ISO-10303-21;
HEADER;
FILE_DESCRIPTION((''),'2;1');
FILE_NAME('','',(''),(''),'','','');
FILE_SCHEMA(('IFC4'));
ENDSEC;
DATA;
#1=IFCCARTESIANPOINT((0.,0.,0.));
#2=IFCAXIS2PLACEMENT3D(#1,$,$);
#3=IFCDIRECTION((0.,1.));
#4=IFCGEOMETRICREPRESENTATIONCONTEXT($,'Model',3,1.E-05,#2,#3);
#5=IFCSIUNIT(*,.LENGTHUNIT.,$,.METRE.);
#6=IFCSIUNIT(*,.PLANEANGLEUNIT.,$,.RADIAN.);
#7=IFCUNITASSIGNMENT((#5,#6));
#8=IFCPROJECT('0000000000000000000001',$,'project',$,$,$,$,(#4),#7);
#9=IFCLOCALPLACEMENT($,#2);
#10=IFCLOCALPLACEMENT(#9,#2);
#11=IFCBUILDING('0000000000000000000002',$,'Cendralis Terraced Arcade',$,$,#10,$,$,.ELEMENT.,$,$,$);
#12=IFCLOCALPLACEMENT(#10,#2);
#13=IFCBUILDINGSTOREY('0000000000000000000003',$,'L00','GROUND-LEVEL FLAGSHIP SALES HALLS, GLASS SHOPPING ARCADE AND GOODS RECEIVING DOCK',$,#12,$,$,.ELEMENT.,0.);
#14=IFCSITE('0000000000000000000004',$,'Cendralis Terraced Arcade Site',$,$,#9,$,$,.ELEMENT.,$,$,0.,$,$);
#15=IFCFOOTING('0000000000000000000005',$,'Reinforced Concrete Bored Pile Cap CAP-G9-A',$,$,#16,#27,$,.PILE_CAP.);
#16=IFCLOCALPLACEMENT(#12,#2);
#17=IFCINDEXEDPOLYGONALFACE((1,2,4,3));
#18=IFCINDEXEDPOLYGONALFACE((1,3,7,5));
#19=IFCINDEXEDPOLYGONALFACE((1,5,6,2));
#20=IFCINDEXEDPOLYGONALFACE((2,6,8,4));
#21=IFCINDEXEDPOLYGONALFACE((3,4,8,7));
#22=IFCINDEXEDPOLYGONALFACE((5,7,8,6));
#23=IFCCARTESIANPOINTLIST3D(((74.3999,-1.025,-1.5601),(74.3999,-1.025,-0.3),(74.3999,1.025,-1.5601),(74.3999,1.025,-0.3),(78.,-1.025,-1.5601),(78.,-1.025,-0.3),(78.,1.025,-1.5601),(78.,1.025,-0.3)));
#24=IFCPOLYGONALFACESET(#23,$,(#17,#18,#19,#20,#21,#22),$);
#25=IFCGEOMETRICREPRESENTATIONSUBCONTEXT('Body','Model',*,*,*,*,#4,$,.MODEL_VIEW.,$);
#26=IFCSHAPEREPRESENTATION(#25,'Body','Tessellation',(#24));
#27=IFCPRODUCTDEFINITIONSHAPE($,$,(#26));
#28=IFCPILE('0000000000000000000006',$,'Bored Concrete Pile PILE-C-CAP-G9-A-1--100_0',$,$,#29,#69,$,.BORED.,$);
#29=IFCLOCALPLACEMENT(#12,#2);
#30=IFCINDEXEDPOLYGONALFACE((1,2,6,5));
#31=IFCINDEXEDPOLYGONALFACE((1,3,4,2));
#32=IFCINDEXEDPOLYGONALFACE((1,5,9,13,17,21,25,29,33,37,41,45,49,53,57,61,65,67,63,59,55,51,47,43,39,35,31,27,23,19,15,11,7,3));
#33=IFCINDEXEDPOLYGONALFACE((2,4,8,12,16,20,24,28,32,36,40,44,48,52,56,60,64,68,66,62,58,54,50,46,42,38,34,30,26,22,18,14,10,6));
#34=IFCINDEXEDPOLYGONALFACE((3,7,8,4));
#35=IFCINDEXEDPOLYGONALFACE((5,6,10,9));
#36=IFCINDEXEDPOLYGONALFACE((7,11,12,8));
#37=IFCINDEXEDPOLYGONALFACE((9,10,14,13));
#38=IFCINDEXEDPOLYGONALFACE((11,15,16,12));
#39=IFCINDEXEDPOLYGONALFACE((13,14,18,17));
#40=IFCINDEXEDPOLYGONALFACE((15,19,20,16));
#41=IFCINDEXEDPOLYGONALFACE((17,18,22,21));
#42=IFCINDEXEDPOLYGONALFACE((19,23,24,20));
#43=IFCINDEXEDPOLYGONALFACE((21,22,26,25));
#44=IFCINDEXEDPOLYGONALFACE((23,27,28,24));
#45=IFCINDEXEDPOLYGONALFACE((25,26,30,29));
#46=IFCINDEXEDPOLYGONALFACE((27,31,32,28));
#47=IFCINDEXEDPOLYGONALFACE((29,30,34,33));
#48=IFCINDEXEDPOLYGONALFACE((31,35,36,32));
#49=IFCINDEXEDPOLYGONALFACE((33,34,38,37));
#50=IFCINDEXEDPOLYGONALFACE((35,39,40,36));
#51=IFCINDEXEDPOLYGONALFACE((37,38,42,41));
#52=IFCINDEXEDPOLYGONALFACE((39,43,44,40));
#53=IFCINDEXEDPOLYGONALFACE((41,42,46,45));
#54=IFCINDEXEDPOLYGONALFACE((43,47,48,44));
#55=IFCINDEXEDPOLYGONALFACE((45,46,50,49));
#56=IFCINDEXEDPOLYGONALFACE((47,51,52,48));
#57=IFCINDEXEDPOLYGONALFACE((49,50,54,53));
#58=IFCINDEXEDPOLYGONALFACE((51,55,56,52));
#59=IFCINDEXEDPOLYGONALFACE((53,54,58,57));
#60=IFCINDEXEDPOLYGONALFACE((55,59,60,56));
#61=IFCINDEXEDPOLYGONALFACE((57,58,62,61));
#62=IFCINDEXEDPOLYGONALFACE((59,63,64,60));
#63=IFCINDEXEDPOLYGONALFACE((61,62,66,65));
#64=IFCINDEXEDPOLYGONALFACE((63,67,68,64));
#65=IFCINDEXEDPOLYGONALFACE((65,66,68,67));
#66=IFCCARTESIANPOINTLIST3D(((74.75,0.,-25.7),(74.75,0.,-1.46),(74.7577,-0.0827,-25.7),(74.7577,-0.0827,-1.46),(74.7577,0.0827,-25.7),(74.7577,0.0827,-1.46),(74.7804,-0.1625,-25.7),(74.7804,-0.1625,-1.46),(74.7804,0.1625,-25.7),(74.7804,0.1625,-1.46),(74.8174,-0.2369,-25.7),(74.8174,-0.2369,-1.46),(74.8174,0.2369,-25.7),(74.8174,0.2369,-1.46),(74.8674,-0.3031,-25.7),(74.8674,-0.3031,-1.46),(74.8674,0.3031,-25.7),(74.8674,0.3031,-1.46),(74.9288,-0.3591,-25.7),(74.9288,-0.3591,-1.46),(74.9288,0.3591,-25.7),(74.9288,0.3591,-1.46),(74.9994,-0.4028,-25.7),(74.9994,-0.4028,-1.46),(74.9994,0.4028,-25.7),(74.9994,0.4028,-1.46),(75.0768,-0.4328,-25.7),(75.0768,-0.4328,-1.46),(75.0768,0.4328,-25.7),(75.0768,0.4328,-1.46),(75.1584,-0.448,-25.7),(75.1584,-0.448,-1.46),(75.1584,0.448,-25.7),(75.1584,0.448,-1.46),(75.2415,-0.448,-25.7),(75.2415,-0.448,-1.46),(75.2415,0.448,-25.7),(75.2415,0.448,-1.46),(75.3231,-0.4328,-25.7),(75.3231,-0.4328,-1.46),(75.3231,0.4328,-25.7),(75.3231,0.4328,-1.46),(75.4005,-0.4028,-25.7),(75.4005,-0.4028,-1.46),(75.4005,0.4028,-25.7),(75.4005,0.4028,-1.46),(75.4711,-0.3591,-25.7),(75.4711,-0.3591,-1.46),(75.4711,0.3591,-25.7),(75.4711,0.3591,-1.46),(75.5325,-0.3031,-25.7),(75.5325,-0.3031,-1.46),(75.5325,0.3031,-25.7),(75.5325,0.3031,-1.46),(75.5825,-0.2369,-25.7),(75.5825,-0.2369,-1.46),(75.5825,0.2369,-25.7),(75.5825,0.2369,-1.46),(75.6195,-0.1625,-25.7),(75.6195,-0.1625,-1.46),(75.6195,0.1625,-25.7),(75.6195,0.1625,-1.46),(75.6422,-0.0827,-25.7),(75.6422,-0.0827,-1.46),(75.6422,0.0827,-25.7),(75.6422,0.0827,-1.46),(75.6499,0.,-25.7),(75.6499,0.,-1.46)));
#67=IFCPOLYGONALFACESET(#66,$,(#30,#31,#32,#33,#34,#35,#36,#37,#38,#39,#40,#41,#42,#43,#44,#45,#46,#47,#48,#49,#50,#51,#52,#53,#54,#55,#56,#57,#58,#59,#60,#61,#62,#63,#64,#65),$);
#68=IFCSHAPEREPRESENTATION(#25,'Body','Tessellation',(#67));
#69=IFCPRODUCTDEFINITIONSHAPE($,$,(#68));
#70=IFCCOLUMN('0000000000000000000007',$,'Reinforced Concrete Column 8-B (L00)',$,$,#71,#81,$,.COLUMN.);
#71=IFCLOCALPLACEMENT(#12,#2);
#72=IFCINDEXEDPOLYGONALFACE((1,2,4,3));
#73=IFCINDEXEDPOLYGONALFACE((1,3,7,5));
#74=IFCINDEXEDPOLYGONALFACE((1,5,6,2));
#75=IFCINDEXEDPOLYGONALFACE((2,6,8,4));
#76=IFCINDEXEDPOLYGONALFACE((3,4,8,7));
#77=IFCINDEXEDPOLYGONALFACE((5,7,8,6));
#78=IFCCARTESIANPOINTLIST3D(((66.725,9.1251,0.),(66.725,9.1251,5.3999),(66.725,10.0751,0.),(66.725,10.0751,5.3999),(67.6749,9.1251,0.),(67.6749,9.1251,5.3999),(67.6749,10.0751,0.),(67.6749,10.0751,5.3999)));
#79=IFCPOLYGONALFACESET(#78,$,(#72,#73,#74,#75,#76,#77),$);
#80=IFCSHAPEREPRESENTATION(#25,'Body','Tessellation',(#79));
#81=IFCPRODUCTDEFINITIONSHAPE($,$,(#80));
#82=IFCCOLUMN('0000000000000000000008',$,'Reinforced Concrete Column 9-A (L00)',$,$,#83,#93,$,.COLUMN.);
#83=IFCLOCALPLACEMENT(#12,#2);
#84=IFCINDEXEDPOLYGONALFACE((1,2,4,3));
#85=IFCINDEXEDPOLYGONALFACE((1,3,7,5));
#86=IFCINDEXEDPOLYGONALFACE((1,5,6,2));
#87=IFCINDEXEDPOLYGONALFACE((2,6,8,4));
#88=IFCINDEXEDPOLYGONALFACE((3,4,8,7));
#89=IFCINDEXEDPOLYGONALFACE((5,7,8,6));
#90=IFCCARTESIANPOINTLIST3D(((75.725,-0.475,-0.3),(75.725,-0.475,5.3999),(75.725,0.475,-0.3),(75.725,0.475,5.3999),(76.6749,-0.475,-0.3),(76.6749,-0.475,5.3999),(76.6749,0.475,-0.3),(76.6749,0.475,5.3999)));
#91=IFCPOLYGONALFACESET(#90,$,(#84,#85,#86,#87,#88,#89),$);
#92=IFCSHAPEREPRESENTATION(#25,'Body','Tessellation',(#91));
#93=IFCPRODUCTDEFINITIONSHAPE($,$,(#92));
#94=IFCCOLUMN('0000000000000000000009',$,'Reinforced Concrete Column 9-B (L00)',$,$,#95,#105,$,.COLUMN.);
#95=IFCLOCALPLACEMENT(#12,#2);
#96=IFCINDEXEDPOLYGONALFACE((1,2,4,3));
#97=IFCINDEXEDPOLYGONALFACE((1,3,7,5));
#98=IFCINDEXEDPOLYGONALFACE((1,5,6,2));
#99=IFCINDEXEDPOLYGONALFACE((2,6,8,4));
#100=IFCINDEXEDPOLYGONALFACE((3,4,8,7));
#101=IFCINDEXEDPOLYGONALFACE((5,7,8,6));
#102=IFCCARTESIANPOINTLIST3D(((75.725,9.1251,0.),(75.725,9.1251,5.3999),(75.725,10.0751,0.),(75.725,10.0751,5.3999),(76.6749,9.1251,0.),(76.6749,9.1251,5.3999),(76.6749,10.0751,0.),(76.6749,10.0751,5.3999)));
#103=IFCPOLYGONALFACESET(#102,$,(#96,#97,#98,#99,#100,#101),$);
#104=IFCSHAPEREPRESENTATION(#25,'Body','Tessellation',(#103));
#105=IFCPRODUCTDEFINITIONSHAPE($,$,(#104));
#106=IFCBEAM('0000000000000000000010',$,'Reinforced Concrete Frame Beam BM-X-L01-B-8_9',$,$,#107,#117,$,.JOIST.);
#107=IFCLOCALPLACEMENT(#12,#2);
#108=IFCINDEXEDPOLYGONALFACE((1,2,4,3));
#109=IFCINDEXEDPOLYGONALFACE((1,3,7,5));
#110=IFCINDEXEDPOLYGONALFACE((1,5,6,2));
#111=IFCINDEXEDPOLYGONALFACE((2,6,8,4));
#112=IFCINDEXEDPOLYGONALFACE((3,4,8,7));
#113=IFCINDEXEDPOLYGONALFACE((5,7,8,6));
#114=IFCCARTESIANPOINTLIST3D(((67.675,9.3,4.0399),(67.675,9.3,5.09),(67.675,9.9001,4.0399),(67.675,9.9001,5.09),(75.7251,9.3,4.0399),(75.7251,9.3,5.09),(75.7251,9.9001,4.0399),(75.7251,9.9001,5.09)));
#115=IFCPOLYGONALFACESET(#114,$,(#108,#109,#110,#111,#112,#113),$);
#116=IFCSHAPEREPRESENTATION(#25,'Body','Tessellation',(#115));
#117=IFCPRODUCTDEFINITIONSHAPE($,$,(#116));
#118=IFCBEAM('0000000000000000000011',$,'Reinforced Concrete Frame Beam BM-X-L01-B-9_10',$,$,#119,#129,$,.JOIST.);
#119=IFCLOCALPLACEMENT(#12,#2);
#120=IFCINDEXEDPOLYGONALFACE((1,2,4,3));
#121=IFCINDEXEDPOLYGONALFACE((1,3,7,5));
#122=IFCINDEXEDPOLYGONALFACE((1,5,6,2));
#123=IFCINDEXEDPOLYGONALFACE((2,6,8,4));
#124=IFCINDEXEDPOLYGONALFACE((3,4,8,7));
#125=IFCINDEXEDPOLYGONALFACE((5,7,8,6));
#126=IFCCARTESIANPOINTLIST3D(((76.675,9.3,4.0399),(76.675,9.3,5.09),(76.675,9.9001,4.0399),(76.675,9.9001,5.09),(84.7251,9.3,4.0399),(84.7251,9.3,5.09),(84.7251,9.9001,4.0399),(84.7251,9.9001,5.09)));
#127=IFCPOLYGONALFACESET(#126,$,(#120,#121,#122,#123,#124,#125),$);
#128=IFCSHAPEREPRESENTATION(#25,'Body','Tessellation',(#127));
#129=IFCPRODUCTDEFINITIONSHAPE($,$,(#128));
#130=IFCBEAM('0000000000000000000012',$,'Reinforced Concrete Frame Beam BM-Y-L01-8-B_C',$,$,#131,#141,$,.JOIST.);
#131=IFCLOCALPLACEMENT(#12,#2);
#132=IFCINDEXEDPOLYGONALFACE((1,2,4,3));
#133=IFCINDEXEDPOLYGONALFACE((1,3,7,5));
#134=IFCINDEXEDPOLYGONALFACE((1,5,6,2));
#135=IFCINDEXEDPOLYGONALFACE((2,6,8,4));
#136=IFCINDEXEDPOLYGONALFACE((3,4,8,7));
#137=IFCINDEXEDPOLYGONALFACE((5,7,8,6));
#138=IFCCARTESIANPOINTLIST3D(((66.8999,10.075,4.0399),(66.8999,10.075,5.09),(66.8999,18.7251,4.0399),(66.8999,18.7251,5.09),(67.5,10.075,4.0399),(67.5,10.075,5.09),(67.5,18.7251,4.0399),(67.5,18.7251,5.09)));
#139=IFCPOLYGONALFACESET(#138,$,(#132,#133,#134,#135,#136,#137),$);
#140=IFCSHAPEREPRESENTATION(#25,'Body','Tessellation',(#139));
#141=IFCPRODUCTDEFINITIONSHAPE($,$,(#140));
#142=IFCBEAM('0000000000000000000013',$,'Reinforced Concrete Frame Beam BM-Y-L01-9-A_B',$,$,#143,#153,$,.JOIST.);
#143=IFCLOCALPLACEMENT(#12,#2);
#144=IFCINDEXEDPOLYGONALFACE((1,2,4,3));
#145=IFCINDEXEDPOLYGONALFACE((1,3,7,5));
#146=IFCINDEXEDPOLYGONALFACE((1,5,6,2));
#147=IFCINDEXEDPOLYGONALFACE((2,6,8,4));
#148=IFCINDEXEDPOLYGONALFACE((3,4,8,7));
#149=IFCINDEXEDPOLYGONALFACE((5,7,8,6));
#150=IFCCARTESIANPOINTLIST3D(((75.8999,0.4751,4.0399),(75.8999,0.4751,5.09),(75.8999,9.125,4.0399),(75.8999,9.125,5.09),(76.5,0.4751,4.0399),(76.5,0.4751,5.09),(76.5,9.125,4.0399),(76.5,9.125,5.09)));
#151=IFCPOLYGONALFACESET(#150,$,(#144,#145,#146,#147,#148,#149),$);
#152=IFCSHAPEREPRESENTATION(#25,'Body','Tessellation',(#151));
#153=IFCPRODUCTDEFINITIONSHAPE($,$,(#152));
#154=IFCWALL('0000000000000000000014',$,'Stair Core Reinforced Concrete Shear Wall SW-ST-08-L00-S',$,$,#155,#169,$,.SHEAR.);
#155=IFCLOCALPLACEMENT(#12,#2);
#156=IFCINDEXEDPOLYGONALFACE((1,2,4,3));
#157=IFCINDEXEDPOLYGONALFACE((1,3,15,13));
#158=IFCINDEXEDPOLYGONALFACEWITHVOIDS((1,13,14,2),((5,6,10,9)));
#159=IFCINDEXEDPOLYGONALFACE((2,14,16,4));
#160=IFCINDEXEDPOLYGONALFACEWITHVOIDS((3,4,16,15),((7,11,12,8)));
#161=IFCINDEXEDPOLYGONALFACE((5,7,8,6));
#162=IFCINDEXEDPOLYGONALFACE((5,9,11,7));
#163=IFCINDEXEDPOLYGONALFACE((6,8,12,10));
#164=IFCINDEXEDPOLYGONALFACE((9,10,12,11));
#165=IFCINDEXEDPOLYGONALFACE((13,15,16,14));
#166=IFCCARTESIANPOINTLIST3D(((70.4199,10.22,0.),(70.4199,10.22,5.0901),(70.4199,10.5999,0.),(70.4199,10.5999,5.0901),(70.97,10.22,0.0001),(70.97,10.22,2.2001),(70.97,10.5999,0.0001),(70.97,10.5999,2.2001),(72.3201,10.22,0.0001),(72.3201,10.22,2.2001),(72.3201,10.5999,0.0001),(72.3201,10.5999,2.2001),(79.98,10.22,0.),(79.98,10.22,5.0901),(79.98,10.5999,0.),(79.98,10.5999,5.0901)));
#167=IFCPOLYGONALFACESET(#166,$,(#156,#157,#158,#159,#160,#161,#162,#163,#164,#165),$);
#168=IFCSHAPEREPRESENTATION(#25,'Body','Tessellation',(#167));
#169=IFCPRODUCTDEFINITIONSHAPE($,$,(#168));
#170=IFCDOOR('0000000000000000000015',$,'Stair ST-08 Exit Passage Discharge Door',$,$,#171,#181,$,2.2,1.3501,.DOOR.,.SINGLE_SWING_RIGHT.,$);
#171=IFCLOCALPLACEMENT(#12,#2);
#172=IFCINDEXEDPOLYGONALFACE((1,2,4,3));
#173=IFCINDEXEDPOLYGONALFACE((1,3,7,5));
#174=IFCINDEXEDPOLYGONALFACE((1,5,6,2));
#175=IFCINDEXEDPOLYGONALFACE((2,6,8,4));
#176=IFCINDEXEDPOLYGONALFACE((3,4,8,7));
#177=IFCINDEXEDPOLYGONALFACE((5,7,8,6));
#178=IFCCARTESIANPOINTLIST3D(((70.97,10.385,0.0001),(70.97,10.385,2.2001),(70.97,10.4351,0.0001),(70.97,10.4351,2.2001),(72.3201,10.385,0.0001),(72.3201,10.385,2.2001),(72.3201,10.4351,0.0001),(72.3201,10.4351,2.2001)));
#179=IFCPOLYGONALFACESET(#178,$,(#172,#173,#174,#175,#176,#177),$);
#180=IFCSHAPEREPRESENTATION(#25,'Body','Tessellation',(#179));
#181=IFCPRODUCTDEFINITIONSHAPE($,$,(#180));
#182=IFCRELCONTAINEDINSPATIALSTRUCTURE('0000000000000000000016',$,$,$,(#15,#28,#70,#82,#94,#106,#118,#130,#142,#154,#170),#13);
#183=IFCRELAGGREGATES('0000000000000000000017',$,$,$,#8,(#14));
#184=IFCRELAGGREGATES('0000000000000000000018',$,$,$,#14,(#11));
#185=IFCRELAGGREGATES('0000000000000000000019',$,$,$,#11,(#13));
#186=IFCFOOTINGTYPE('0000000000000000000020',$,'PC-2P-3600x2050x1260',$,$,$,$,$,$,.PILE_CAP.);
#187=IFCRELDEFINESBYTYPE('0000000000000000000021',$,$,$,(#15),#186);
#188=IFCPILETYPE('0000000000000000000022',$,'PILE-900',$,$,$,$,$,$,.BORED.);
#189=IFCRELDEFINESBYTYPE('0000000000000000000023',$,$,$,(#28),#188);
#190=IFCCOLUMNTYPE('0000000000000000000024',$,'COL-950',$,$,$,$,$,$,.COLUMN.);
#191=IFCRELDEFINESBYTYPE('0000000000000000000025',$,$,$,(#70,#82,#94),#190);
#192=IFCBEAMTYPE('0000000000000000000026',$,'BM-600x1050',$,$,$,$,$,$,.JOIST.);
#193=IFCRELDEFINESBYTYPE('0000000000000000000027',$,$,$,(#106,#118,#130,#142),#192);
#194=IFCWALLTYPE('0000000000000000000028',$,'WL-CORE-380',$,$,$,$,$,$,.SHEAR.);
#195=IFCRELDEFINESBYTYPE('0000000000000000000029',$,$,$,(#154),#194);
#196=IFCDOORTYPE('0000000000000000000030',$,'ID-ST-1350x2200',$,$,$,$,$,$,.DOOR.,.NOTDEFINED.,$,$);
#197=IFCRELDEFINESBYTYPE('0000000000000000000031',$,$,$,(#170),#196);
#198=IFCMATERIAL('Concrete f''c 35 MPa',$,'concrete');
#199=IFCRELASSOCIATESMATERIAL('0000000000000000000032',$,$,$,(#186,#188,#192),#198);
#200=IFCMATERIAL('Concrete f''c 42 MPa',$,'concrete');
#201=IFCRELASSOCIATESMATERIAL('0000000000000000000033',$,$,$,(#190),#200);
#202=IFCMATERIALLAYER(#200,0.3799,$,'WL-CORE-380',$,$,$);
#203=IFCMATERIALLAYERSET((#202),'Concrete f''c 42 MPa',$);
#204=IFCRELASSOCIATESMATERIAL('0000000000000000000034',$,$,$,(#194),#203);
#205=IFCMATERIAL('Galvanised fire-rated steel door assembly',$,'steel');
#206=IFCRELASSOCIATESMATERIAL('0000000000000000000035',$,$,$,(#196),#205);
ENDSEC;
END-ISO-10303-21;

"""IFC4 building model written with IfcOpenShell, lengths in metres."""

from ifc_helpers import new_model, si_unit, direction, frame, frame_2d, origin, origin_2d, place, context, subcontext, project, spatial, rectangle, circle, extrude, material, layer, layer_set, material_profile, profile_set, type_object, element, fill, save


model = new_model("IFC4")

# Units and contexts
model_context = context("Model", 3, precision=1e-05, world=origin(), true_north=direction((0.0, 1.0)))
body_context = subcontext(model_context, "Body", "Model", "MODEL_VIEW")
ifc_project = project(units=[si_unit("LENGTHUNIT", "METRE"), si_unit("PLANEANGLEUNIT", "RADIAN")], contexts=[model_context])

# Site, building, storey
site_placement = place(None, origin())
site = spatial("IfcSite", under=ifc_project, at=site_placement, Name="Cendralis Terraced Arcade Site", CompositionType="ELEMENT", RefElevation=0.0)
building_placement = place(site_placement, origin())
building = spatial("IfcBuilding", under=site, at=building_placement, Name="Cendralis Terraced Arcade", CompositionType="ELEMENT")
storey_placement = place(building_placement, origin())
storey = spatial("IfcBuildingStorey", under=building, at=storey_placement, Name="L00", Description="GROUND-LEVEL FLAGSHIP SALES HALLS, GLASS SHOPPING ARCADE AND GOODS RECEIVING DOCK", CompositionType="ELEMENT", Elevation=0.0)

# Footing
ifc_material_1 = material(Name="Concrete f'c 35 MPa", Category="concrete")
footing_type = type_object("IfcFootingType", Name="PC-2P-3600x2050x1260", PredefinedType="PILE_CAP", material=ifc_material_1)
footing_placement = place(storey_placement, frame((76.2, 0.0, -1.5601), z_axis=(0.0, 0.0, 1.0), x_axis=(1.0, 0.0, 0.0)))
element("IfcFooting", 1, at=footing_placement, inside=storey, type_object=footing_type, Name="Reinforced Concrete Bored Pile Cap CAP-G9-A", PredefinedType="PILE_CAP", context=body_context, shape_type="SweptSolid", body=[
    extrude(rectangle(XDim=3.6001, YDim=2.05, at=origin_2d()), origin(), (0.0, 0.0, 1.0), 1.26),
])

# Pile
ifc_material_profile_1 = material_profile(ifc_material_1, circle(Radius=0.45, at=origin_2d()), Name="PILE-D900", Category="LoadBearing")
ifc_profile_set_1 = profile_set([ifc_material_profile_1], Name="Concrete f'c 35 MPa")
pile_type = type_object("IfcPileType", Name="PILE-900", PredefinedType="BORED", material=ifc_profile_set_1)
pile_placement = place(storey_placement, frame((75.2, 0.0, -1.46), z_axis=(0.0, 0.0, -1.0), x_axis=(1.0, 0.0, 0.0)))
element("IfcPile", 2, at=pile_placement, inside=storey, type_object=pile_type, Name="Bored Concrete Pile PILE-C-CAP-G9-A-1--100_0", PredefinedType="BORED", context=body_context, shape_type="SweptSolid", body=[
    extrude(circle(Radius=0.45, at=origin_2d()), origin(), (0.0, 0.0, 1.0), 24.24),
])

# Columns
ifc_material_2 = material(Name="Concrete f'c 42 MPa", Category="concrete")
ifc_material_profile_2 = material_profile(ifc_material_2, rectangle(XDim=0.95, YDim=0.95, at=origin_2d()), Name="RC-COL-950x950", Category="LoadBearing")
ifc_profile_set_2 = profile_set([ifc_material_profile_2], Name="Concrete f'c 42 MPa")
column_type = type_object("IfcColumnType", Name="COL-950", PredefinedType="COLUMN", material=ifc_profile_set_2)
column_1_placement = place(storey_placement, frame((67.2, 9.6001, 0.0), z_axis=(0.0, 0.0, 1.0), x_axis=(1.0, 0.0, 0.0)))
element("IfcColumn", 3, at=column_1_placement, inside=storey, type_object=column_type, Name="Reinforced Concrete Column 8-B (L00)", PredefinedType="COLUMN", context=body_context, shape_type="SweptSolid", body=[
    extrude(rectangle(XDim=0.95, YDim=0.95, at=origin_2d()), origin(), (0.0, 0.0, 1.0), 5.3999),
])
column_2_placement = place(storey_placement, frame((76.2, 0.0, -0.3), z_axis=(0.0, 0.0, 1.0), x_axis=(1.0, 0.0, 0.0)))
element("IfcColumn", 4, at=column_2_placement, inside=storey, type_object=column_type, Name="Reinforced Concrete Column 9-A (L00)", PredefinedType="COLUMN", context=body_context, shape_type="SweptSolid", body=[
    extrude(rectangle(XDim=0.95, YDim=0.95, at=origin_2d()), origin(), (0.0, 0.0, 1.0), 5.7),
])
column_3_placement = place(storey_placement, frame((76.2, 9.6001, 0.0), z_axis=(0.0, 0.0, 1.0), x_axis=(1.0, 0.0, 0.0)))
element("IfcColumn", 5, at=column_3_placement, inside=storey, type_object=column_type, Name="Reinforced Concrete Column 9-B (L00)", PredefinedType="COLUMN", context=body_context, shape_type="SweptSolid", body=[
    extrude(rectangle(XDim=0.95, YDim=0.95, at=origin_2d()), origin(), (0.0, 0.0, 1.0), 5.3999),
])

# Beams
ifc_material_profile_3 = material_profile(ifc_material_1, rectangle(XDim=0.6001, YDim=1.05, at=origin_2d()), Name="RC-BM-600x1050", Category="LoadBearing")
ifc_profile_set_3 = profile_set([ifc_material_profile_3], Name="Concrete f'c 35 MPa")
beam_type = type_object("IfcBeamType", Name="BM-600x1050", PredefinedType="JOIST", material=ifc_profile_set_3)
for number, where, z_axis, x_axis, name in (
    (6, (67.675, 9.6001, 4.5649), (1.0, 0.0, 0.0), (0.0, 1.0, 0.0), "Reinforced Concrete Frame Beam BM-X-L01-B-8_9"),
    (7, (76.675, 9.6001, 4.5649), (1.0, 0.0, 0.0), (0.0, 1.0, 0.0), "Reinforced Concrete Frame Beam BM-X-L01-B-9_10"),
):
    element("IfcBeam", number, at=place(storey_placement, frame(where, z_axis=z_axis, x_axis=x_axis)), inside=storey, type_object=beam_type, Name=name, PredefinedType="JOIST", context=body_context, shape_type="SweptSolid", body=[
        extrude(rectangle(XDim=0.6001, YDim=1.05, at=origin_2d()), origin(), (0.0, 0.0, 1.0), 8.05),
    ])
beam_1_placement = place(storey_placement, frame((67.2, 10.075, 4.5649), z_axis=(0.0, 1.0, 0.0), x_axis=(-1.0, 0.0, 0.0)))
element("IfcBeam", 8, at=beam_1_placement, inside=storey, type_object=beam_type, Name="Reinforced Concrete Frame Beam BM-Y-L01-8-B_C", PredefinedType="JOIST", context=body_context, shape_type="SweptSolid", body=[
    extrude(rectangle(XDim=0.6001, YDim=1.05, at=origin_2d()), origin(), (0.0, 0.0, 1.0), 8.6501),
])
beam_2_placement = place(storey_placement, frame((76.2, 0.4751, 4.5649), z_axis=(0.0, 1.0, 0.0), x_axis=(-1.0, 0.0, 0.0)))
element("IfcBeam", 9, at=beam_2_placement, inside=storey, type_object=beam_type, Name="Reinforced Concrete Frame Beam BM-Y-L01-9-A_B", PredefinedType="JOIST", context=body_context, shape_type="SweptSolid", body=[
    extrude(rectangle(XDim=0.6001, YDim=1.05, at=origin_2d()), origin(), (0.0, 0.0, 1.0), 8.6499),
])

# Wall, opening, door
ifc_layer_1 = layer(ifc_material_2, 0.3799, Name="WL-CORE-380")
ifc_layer_set_1 = layer_set([ifc_layer_1], Name="Concrete f'c 42 MPa")
wall_type_1 = type_object("IfcWallType", Name="WL-CORE-380", PredefinedType="SHEAR", material=ifc_layer_set_1)
wall_1_placement = place(storey_placement, frame((70.4199, 10.4099, 0.0), z_axis=(0.0, 0.0, 1.0), x_axis=(1.0, 0.0, 0.0)))
wall_1 = element("IfcWall", 10, at=wall_1_placement, inside=storey, type_object=wall_type_1, Name="Stair Core Reinforced Concrete Shear Wall SW-ST-08-L00-S", PredefinedType="SHEAR", context=body_context, shape_type="SweptSolid", body=[
    extrude(rectangle(XDim=9.5601, YDim=0.3799, at=frame_2d((4.78, 0.0))), origin(), (0.0, 0.0, 1.0), 5.0901),
])
opening_1_placement = place(wall_1_placement, frame((0.55, 0.0, 0.0)))
opening_1 = element("IfcOpeningElement", 11, at=opening_1_placement, cuts=wall_1, PredefinedType="OPENING", context=body_context, shape_type="SweptSolid", body=[
    extrude(rectangle(XDim=1.3501, YDim=2.2, at=frame_2d((0.675, 1.1001))), frame((0.0, 0.2019, 0.0), z_axis=(0.0, -1.0, 0.0), x_axis=(1.0, 0.0, 0.0)), (0.0, 0.0, 1.0), 0.4038),
])
ifc_material_3 = material(Name="Galvanised fire-rated steel door assembly", Category="steel")
door_type_1 = type_object("IfcDoorType", Name="ID-ST-1350x2200", OperationType="NOTDEFINED", PredefinedType="DOOR", material=ifc_material_3)
door_1_placement = place(opening_1_placement, frame((1.3501, 0.0, 0.0), z_axis=(0.0, 0.0, 1.0), x_axis=(-1.0, 0.0, 0.0)))
door_1 = element("IfcDoor", 12, at=door_1_placement, inside=storey, type_object=door_type_1, Name="Stair ST-08 Exit Passage Discharge Door", OperationType="SINGLE_SWING_RIGHT", OverallHeight=2.2, OverallWidth=1.3501, PredefinedType="DOOR", context=body_context, shape_type="SweptSolid", body=[
    extrude(rectangle(XDim=1.3501, YDim=2.2, at=frame_2d((0.675, 1.1001))), frame((0.0, 0.0249, 0.0), z_axis=(0.0, -1.0, 0.0), x_axis=(1.0, 0.0, 0.0)), (0.0, 0.0, 1.0), 0.05),
])
fill(opening_1, door_1)

save(model, "model.ifc")
